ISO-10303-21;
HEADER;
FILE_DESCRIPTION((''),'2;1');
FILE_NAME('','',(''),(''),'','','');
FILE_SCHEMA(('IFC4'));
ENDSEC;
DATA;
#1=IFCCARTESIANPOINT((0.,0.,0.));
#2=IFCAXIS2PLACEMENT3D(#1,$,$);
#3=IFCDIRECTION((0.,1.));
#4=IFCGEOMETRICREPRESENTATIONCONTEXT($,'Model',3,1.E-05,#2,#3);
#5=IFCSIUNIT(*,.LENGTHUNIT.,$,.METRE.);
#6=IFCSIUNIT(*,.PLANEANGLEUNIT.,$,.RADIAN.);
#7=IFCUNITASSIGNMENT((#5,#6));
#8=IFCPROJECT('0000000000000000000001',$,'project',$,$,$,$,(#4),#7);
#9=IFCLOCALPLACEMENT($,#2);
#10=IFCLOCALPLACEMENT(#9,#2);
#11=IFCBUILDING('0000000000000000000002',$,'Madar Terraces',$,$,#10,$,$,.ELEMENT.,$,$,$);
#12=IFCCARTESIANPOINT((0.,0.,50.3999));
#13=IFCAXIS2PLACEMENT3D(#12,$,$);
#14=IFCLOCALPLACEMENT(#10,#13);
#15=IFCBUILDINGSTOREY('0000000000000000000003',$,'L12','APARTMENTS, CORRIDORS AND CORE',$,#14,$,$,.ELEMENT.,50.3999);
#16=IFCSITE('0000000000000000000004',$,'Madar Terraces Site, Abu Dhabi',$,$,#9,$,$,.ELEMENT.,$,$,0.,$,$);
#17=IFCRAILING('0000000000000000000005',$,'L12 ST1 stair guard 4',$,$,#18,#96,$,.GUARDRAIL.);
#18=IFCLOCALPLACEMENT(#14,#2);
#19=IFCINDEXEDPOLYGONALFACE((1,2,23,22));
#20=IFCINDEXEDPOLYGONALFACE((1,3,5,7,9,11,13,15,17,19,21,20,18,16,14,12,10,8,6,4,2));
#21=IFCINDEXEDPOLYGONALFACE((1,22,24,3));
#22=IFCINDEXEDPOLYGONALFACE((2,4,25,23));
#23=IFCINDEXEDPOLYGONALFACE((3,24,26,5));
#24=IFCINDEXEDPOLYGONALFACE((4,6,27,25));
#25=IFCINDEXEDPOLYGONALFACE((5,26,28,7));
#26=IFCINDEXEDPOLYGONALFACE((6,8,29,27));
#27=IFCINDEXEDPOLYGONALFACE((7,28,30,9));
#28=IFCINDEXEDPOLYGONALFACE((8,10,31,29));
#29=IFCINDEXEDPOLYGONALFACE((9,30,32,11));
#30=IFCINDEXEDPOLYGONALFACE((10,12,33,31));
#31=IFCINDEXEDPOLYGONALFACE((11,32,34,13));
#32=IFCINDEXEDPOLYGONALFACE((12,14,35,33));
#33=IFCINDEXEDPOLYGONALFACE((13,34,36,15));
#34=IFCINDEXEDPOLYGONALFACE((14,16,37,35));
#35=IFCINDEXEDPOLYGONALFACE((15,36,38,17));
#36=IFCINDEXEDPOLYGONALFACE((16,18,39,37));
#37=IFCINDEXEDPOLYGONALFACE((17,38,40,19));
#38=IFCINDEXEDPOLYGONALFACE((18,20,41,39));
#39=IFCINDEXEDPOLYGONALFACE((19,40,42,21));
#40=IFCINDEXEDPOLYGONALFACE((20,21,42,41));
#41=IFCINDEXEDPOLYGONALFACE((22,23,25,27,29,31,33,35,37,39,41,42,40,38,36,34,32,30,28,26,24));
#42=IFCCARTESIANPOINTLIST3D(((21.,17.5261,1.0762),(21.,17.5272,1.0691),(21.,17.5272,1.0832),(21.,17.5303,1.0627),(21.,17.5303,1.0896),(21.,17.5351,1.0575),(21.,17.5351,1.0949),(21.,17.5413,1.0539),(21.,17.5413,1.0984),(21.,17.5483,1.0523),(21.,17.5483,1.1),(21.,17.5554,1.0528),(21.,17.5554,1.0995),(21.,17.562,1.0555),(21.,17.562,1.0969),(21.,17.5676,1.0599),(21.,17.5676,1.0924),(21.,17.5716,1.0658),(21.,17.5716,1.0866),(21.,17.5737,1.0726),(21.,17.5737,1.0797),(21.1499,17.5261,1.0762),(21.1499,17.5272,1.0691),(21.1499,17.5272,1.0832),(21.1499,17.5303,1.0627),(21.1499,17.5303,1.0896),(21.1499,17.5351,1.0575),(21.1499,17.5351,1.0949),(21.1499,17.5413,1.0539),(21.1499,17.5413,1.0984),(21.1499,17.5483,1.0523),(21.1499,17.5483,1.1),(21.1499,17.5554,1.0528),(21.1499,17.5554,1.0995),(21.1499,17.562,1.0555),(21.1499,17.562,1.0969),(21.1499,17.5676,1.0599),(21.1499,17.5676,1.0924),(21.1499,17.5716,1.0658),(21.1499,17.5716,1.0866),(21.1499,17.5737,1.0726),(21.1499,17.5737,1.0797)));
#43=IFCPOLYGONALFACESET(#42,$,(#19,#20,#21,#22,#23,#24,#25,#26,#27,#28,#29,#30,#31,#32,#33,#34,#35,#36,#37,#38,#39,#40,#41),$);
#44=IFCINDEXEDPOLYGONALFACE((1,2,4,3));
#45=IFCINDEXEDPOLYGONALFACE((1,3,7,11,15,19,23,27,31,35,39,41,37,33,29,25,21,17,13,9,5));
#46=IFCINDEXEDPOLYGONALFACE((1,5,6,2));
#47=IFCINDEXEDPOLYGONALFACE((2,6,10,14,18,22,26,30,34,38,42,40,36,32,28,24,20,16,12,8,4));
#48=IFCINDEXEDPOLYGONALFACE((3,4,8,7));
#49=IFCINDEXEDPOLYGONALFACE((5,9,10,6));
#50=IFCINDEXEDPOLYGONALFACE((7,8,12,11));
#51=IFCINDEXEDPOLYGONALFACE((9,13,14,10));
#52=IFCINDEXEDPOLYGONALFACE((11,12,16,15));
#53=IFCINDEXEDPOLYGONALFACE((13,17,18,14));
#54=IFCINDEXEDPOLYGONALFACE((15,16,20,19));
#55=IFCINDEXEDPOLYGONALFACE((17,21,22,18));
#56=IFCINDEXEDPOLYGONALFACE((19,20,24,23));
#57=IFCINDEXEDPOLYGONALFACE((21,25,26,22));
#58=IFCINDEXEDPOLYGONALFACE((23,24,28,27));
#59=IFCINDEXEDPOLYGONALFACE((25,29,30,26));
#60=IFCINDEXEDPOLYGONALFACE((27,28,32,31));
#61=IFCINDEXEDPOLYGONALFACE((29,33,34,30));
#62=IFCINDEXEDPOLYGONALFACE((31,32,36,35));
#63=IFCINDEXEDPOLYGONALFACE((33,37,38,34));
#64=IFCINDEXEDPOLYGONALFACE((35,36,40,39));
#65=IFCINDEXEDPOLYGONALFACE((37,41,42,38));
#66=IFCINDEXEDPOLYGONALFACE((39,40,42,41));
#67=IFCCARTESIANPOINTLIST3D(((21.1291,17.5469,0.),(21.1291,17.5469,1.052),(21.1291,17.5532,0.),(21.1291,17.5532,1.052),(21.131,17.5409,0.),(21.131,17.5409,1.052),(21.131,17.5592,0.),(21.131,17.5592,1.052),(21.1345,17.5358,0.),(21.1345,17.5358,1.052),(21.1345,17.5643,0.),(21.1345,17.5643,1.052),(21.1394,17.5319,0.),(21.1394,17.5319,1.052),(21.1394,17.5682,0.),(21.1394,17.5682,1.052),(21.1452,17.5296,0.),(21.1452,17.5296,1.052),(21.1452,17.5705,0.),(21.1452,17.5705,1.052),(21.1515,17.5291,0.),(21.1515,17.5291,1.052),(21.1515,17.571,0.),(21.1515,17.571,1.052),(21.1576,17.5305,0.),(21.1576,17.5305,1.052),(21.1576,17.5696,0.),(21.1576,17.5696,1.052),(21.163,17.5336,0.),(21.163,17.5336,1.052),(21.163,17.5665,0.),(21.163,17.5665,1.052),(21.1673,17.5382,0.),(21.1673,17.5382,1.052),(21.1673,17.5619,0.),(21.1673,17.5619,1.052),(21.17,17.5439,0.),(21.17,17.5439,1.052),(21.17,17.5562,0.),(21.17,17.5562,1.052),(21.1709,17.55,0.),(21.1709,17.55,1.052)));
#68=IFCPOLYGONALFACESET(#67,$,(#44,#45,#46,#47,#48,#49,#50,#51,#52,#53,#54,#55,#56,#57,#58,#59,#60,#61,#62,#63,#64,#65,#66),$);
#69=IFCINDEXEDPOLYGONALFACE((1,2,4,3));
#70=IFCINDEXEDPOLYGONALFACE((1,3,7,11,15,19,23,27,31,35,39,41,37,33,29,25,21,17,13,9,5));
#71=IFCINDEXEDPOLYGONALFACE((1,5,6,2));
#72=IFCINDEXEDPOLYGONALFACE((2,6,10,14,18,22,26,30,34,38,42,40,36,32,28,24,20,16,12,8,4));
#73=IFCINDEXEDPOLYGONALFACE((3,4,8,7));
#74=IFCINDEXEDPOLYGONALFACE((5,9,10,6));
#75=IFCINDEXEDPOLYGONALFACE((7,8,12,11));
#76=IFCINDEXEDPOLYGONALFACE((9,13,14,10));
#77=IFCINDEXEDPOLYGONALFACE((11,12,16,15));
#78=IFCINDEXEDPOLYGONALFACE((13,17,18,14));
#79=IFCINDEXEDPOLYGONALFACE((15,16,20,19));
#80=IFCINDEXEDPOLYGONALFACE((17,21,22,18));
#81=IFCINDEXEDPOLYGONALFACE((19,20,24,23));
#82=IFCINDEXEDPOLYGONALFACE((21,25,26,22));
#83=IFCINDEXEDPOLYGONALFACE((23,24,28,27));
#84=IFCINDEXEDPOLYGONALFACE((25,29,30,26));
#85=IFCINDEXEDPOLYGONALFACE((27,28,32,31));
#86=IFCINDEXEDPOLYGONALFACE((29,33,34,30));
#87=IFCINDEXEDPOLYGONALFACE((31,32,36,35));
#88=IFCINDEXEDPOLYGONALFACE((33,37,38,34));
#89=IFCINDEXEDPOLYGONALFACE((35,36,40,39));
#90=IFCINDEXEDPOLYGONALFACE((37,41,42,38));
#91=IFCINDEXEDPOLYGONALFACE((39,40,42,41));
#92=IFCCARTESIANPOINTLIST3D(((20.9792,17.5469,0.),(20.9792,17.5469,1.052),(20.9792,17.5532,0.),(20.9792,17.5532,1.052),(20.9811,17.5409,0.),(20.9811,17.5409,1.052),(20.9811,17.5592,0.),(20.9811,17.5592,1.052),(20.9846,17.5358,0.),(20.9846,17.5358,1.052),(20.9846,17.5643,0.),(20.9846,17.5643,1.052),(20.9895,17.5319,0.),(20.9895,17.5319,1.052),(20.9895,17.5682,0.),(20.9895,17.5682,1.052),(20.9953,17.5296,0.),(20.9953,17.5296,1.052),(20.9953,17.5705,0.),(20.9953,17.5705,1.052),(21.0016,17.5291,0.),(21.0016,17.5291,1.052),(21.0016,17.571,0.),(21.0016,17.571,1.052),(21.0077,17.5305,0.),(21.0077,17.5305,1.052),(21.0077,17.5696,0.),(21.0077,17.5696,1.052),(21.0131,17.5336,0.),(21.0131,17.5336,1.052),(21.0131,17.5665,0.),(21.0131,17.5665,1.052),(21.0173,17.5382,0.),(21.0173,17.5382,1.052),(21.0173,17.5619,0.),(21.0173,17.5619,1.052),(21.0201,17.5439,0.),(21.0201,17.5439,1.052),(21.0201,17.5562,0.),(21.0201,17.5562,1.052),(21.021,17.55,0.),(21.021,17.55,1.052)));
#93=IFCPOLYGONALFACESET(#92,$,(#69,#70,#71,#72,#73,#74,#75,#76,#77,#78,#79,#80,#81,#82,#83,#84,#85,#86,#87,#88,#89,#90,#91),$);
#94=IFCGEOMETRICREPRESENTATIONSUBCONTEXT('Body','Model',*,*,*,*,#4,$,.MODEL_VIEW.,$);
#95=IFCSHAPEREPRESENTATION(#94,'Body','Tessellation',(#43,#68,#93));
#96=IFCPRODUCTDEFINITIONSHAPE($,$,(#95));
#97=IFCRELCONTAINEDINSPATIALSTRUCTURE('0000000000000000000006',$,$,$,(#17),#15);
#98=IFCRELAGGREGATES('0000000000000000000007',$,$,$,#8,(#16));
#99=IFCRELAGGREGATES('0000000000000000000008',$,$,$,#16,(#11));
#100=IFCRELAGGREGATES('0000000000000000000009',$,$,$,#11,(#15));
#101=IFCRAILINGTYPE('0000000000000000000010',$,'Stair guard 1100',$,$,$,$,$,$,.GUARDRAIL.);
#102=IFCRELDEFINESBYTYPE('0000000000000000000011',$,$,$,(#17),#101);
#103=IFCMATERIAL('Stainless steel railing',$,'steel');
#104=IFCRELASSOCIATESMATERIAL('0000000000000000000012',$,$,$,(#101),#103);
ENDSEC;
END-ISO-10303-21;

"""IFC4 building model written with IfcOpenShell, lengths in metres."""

from ifc_helpers import new_model, si_unit, direction, frame, origin, origin_2d, place, context, subcontext, project, spatial, circle, extrude, material, type_object, element, save


model = new_model("IFC4")

# Units and contexts
model_context = context("Model", 3, precision=1e-05, world=origin(), true_north=direction((0.0, 1.0)))
body_context = subcontext(model_context, "Body", "Model", "MODEL_VIEW")
ifc_project = project(units=[si_unit("LENGTHUNIT", "METRE"), si_unit("PLANEANGLEUNIT", "RADIAN")], contexts=[model_context])

# Site, building, storey
site_placement = place(None, origin())
site = spatial("IfcSite", under=ifc_project, at=site_placement, Name="Madar Terraces Site, Abu Dhabi", CompositionType="ELEMENT", RefElevation=0.0)
building_placement = place(site_placement, origin())
building = spatial("IfcBuilding", under=site, at=building_placement, Name="Madar Terraces", CompositionType="ELEMENT")
storey_placement = place(building_placement, frame((0.0, 0.0, 50.3999)))
storey = spatial("IfcBuildingStorey", under=building, at=storey_placement, Name="L12", Description="APARTMENTS, CORRIDORS AND CORE", CompositionType="ELEMENT", Elevation=50.3999)

# Railing
ifc_material_1 = material(Name="Stainless steel railing", Category="steel")
railing_type_1 = type_object("IfcRailingType", Name="Stair guard 1100", PredefinedType="GUARDRAIL", material=ifc_material_1)
railing_1_placement = place(storey_placement, frame((21.1499, 17.55, 0.0)))
element("IfcRailing", 1, at=railing_1_placement, inside=storey, type_object=railing_type_1, Name="L12 ST1 stair guard 4", PredefinedType="GUARDRAIL", context=body_context, shape_type="SweptSolid", body=[
    extrude(circle(Radius=0.0239, at=origin_2d()), frame((0.0, 0.0, 1.0762), z_axis=(-1.0, 0.0, 0.0), x_axis=(0.0, -1.0, 0.0)), (0.0, 0.0, 1.0), 0.1499),
    extrude(circle(Radius=0.021, at=origin_2d()), origin(), (0.0, 0.0, 1.0), 1.052),
    extrude(circle(Radius=0.021, at=origin_2d()), frame((-0.1499, 0.0, 0.0)), (0.0, 0.0, 1.0), 1.052),
])

save(model, "model.ifc")
